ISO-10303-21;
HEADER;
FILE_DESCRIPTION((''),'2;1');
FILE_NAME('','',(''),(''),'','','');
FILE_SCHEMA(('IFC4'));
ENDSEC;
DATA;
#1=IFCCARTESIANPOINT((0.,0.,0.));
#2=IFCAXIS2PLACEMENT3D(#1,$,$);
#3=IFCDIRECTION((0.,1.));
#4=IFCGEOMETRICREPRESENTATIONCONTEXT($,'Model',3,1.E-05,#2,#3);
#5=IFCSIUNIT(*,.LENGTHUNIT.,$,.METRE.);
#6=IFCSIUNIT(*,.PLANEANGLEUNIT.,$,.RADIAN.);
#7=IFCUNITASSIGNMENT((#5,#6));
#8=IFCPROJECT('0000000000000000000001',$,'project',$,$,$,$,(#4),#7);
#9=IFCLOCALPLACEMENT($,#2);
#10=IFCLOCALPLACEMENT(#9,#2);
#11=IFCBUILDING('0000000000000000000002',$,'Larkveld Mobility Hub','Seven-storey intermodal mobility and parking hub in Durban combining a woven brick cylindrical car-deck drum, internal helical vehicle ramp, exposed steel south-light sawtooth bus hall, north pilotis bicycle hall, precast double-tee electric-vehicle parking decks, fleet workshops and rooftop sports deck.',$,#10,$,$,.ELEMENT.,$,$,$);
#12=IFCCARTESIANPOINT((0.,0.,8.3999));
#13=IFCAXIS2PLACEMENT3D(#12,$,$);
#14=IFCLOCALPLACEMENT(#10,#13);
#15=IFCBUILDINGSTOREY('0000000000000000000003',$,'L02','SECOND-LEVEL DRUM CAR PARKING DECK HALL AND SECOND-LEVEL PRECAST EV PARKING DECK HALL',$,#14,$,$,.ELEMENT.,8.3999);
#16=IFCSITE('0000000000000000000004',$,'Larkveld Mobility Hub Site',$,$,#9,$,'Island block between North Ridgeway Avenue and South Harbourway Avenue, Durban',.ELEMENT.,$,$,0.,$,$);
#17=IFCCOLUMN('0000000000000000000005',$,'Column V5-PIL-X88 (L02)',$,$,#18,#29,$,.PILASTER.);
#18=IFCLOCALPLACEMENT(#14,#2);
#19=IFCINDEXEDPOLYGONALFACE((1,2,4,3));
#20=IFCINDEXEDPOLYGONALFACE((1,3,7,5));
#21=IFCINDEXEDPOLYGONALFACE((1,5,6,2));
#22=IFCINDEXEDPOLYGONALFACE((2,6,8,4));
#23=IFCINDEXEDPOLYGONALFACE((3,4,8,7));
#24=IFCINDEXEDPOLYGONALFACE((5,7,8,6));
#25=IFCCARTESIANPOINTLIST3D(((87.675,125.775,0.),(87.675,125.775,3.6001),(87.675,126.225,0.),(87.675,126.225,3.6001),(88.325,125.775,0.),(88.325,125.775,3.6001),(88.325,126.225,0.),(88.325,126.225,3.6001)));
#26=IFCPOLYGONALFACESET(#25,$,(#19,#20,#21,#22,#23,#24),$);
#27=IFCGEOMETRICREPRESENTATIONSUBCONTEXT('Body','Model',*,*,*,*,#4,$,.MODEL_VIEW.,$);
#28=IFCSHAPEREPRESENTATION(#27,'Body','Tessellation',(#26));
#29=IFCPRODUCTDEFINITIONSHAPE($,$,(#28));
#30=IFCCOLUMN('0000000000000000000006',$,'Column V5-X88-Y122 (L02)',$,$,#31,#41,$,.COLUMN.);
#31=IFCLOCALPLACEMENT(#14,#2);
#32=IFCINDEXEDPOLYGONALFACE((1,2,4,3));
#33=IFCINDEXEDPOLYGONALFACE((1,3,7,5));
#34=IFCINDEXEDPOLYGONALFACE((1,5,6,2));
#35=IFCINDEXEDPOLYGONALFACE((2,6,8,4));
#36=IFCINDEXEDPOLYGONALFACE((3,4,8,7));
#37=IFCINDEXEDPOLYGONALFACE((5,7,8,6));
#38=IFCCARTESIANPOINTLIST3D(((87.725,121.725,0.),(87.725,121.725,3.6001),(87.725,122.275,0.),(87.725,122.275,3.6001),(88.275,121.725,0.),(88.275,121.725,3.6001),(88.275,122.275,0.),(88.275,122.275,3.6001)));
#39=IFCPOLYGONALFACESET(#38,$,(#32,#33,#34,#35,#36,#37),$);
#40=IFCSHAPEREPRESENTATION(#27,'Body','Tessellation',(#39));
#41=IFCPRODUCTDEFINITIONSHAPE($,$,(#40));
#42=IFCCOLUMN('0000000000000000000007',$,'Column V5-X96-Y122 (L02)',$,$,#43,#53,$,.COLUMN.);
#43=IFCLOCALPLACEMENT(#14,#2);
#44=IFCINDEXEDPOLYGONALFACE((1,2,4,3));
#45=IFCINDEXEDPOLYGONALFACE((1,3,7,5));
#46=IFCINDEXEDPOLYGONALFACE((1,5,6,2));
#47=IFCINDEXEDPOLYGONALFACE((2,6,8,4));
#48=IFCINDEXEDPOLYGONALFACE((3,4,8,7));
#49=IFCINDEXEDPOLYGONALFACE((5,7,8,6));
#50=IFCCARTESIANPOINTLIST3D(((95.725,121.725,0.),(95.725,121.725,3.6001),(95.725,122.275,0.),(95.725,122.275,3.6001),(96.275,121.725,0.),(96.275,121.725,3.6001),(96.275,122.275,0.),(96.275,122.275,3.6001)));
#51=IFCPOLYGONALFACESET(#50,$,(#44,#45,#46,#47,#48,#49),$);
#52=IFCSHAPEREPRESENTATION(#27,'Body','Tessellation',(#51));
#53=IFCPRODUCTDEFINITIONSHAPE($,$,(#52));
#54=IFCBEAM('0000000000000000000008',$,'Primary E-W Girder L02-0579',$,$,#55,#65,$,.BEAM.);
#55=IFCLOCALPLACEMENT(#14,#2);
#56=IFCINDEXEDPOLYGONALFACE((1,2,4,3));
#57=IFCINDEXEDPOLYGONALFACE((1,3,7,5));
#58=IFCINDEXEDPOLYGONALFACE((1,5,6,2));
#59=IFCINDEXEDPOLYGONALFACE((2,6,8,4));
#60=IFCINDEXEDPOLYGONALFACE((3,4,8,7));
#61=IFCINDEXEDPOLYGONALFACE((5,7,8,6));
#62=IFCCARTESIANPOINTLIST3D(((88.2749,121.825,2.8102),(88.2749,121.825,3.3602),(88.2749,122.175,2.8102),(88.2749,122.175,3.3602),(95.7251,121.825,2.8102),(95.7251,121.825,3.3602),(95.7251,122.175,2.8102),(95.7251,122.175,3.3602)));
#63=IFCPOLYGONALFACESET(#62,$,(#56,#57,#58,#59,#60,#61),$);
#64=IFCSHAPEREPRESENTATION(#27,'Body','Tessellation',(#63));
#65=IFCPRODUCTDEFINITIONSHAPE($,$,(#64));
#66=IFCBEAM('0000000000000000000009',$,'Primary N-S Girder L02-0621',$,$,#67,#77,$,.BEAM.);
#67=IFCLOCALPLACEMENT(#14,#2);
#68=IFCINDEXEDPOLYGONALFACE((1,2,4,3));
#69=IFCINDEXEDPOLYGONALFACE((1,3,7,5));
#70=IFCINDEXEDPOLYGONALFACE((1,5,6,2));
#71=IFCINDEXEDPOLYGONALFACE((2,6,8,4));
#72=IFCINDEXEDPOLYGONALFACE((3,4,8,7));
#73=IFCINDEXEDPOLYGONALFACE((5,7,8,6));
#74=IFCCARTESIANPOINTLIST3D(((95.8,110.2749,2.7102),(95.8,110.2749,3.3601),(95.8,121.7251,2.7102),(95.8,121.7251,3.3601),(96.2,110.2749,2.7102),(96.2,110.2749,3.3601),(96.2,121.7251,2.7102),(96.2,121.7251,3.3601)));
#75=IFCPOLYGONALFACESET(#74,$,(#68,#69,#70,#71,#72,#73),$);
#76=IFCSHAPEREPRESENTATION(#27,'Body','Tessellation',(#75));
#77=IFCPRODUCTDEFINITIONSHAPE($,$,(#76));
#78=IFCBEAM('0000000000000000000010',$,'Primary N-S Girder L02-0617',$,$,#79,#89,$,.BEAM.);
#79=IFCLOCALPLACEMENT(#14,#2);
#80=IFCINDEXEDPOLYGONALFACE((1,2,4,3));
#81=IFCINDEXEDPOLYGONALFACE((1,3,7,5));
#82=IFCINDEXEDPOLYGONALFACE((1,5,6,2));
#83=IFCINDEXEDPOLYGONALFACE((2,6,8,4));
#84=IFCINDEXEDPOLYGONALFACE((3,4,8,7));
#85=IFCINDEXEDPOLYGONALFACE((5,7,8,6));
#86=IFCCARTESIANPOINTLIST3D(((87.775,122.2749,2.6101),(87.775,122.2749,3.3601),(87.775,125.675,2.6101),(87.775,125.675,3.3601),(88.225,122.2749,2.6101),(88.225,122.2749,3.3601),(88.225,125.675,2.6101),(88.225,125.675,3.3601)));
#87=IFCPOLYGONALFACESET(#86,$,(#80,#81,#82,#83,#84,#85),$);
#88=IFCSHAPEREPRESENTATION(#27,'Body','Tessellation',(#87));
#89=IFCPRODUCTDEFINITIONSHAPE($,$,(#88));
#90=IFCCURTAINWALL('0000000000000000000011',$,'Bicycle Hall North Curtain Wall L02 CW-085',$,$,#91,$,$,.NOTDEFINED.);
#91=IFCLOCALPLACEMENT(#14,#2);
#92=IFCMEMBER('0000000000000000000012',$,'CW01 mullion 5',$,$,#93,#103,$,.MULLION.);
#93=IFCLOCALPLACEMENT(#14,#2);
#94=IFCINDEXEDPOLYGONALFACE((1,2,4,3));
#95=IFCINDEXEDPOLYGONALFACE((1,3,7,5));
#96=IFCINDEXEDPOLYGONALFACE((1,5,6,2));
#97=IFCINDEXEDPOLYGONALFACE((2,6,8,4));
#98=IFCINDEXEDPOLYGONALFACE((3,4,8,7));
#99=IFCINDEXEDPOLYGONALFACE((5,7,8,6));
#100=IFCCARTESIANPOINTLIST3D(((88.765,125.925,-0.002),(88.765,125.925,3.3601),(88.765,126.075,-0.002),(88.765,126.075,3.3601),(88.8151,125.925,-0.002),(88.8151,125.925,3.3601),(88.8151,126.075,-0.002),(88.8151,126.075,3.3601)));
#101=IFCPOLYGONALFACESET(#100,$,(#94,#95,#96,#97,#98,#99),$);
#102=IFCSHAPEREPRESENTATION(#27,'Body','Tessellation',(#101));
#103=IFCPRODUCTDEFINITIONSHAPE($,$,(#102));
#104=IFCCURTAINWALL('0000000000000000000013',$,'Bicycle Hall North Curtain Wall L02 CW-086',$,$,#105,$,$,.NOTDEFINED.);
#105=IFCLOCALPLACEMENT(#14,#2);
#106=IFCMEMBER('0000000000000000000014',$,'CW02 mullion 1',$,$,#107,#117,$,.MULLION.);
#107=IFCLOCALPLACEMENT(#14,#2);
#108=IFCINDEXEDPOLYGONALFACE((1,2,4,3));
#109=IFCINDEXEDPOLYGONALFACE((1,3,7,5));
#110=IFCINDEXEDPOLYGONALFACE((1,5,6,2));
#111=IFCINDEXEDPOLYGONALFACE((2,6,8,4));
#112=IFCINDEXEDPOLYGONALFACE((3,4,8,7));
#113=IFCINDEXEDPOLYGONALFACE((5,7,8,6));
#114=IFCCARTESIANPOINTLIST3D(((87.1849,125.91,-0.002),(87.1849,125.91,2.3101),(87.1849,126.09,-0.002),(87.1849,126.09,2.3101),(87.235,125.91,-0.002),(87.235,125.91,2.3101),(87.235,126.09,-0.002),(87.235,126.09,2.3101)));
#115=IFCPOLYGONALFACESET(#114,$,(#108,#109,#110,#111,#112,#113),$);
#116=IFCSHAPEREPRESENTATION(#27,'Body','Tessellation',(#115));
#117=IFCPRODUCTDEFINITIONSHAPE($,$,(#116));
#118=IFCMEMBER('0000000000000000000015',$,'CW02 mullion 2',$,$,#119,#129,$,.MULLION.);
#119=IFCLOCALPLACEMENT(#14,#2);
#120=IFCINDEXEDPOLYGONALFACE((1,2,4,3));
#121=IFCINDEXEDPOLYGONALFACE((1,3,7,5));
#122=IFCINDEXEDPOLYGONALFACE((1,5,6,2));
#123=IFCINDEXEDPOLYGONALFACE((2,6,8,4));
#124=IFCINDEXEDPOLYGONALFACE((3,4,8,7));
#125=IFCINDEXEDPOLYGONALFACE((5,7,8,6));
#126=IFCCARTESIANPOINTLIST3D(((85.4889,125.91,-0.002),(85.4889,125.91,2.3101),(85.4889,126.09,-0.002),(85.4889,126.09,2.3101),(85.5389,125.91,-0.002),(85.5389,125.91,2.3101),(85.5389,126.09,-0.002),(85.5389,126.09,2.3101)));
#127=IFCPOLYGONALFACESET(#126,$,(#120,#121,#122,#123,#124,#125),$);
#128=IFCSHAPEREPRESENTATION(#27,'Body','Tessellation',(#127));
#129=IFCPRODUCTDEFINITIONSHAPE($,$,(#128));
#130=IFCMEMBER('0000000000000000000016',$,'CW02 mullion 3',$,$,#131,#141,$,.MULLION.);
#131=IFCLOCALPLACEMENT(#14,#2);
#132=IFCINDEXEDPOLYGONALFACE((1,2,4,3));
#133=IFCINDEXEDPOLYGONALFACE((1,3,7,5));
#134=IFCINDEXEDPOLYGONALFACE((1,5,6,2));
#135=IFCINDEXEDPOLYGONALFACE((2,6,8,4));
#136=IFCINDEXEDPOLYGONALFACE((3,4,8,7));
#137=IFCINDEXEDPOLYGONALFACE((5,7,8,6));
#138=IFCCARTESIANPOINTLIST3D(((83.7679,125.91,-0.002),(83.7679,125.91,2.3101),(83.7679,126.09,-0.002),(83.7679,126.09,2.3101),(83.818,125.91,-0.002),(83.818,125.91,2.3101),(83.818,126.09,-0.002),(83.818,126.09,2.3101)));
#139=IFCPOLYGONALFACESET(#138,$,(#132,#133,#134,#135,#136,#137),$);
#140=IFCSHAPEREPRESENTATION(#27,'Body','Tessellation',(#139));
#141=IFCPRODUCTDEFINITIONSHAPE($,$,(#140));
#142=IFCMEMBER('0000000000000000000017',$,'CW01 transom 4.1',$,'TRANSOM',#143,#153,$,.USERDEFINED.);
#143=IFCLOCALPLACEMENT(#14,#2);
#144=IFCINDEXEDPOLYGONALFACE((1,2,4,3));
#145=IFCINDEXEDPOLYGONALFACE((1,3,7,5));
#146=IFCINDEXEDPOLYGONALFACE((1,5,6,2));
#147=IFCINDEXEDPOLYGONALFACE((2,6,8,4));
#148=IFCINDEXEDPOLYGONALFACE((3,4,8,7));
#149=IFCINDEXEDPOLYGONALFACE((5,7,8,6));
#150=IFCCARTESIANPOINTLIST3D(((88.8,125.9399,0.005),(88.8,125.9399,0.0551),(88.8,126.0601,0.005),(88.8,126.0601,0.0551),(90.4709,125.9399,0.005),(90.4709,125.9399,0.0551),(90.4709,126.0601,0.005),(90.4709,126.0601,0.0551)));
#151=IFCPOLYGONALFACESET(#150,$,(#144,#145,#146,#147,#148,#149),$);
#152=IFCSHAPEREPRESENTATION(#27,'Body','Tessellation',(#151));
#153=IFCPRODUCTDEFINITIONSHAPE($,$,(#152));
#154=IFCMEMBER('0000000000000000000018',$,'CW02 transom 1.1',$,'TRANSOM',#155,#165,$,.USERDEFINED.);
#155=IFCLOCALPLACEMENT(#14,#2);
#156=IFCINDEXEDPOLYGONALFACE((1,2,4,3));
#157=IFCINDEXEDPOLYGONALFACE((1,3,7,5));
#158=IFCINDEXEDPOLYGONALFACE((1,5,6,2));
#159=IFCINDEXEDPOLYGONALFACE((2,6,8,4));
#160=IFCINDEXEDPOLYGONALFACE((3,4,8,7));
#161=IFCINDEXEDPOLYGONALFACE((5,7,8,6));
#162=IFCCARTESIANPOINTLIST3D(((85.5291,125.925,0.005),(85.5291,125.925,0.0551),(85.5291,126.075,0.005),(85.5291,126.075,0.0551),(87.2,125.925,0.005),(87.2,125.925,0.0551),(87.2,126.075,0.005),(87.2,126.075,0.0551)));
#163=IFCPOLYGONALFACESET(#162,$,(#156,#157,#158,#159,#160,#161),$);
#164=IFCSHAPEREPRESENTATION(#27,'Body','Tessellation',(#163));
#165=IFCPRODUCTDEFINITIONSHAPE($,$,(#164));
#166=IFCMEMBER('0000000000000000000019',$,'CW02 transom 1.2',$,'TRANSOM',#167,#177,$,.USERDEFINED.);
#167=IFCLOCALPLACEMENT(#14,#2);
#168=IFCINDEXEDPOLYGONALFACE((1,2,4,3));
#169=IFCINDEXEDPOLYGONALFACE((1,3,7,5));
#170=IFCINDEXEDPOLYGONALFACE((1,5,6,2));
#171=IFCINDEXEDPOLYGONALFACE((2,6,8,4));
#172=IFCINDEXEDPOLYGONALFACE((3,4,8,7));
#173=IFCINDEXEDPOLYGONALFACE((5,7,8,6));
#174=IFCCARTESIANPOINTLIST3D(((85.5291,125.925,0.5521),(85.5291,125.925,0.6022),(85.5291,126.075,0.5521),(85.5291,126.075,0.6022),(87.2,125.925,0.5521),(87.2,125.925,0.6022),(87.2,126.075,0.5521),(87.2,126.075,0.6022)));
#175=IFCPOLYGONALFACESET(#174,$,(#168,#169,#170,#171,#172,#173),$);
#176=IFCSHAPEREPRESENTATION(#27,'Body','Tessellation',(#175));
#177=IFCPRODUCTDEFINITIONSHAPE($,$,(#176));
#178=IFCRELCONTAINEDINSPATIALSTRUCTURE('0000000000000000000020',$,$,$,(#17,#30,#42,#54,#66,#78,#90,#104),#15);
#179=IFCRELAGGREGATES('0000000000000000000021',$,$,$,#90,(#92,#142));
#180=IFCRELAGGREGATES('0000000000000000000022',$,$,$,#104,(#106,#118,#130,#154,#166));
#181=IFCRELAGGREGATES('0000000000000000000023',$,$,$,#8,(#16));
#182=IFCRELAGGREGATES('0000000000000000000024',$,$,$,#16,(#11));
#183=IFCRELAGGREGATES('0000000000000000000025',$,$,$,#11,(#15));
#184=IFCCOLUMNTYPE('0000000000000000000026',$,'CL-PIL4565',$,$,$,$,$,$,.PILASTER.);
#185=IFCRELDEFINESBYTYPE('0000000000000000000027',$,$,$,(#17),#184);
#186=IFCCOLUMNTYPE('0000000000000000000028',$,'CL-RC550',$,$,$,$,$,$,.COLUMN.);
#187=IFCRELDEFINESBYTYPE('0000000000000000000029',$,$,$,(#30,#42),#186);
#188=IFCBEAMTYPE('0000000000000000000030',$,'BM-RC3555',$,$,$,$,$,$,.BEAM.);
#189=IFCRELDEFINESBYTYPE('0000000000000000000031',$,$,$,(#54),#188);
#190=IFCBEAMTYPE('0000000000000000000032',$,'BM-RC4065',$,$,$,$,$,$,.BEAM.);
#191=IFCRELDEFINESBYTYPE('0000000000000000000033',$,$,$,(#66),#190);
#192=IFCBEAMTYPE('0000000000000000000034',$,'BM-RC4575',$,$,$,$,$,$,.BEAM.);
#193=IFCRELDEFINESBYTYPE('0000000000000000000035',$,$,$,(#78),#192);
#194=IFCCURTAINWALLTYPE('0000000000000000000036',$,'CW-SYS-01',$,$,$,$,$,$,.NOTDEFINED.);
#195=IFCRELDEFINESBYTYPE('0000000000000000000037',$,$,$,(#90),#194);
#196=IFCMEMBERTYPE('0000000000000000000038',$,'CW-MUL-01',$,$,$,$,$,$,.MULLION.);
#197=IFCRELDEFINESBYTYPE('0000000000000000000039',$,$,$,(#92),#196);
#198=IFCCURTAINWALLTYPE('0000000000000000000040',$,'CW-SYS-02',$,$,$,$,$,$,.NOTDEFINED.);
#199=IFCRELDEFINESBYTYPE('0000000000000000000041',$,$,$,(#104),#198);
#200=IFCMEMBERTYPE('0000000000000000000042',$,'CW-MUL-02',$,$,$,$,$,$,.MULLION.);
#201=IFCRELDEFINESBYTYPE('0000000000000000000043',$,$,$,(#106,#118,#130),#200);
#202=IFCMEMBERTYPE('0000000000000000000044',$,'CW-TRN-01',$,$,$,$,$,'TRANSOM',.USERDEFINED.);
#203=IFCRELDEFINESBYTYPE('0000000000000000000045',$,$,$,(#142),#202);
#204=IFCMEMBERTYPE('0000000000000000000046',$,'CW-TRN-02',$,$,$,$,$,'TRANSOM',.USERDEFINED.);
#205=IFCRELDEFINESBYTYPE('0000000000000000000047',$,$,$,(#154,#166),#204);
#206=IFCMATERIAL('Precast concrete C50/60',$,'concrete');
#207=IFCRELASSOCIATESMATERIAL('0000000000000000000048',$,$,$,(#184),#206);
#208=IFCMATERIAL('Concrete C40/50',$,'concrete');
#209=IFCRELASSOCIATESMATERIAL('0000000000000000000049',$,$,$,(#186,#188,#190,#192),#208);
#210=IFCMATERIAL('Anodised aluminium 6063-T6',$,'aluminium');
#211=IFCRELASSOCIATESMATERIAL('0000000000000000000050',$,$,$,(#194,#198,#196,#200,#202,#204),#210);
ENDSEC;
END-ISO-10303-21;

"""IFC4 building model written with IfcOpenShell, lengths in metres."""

from ifc_helpers import new_model, si_unit, direction, frame, origin, origin_2d, place, context, subcontext, project, spatial, rectangle, extrude, material, material_profile, profile_set, type_object, element, aggregate, save


model = new_model("IFC4")

# Units and contexts
model_context = context("Model", 3, precision=1e-05, world=origin(), true_north=direction((0.0, 1.0)))
body_context = subcontext(model_context, "Body", "Model", "MODEL_VIEW")
ifc_project = project(units=[si_unit("LENGTHUNIT", "METRE"), si_unit("PLANEANGLEUNIT", "RADIAN")], contexts=[model_context])

# Site, building, storey
site_placement = place(None, origin())
site = spatial("IfcSite", under=ifc_project, at=site_placement, Name="Larkveld Mobility Hub Site", LongName="Island block between North Ridgeway Avenue and South Harbourway Avenue, Durban", CompositionType="ELEMENT", RefElevation=0.0)
building_placement = place(site_placement, origin())
building = spatial("IfcBuilding", under=site, at=building_placement, Name="Larkveld Mobility Hub", Description="Seven-storey intermodal mobility and parking hub in Durban combining a woven brick cylindrical car-deck drum, internal helical vehicle ramp, exposed steel south-light sawtooth bus hall, north pilotis bicycle hall, precast double-tee electric-vehicle parking decks, fleet workshops and rooftop sports deck.", CompositionType="ELEMENT")
storey_placement = place(building_placement, frame((0.0, 0.0, 8.3999)))
storey = spatial("IfcBuildingStorey", under=building, at=storey_placement, Name="L02", Description="SECOND-LEVEL DRUM CAR PARKING DECK HALL AND SECOND-LEVEL PRECAST EV PARKING DECK HALL", CompositionType="ELEMENT", Elevation=8.3999)

# Columns
ifc_material_1 = material(Name="Precast concrete C50/60", Category="concrete")
ifc_material_profile_1 = material_profile(ifc_material_1, rectangle(XDim=0.45, YDim=0.6499, at=origin_2d()), Name="PC PIL 450x650")
ifc_profile_set_1 = profile_set([ifc_material_profile_1], Name="Precast concrete C50/60")
column_type_1 = type_object("IfcColumnType", Name="CL-PIL4565", PredefinedType="PILASTER", material=ifc_profile_set_1)
column_placement = place(storey_placement, frame((88.0, 126.0, 0.0), z_axis=(0.0, 0.0, 1.0), x_axis=(0.0, 1.0, 0.0)))
element("IfcColumn", 1, at=column_placement, inside=storey, type_object=column_type_1, Name="Column V5-PIL-X88 (L02)", PredefinedType="PILASTER", context=body_context, shape_type="SweptSolid", body=[
    extrude(rectangle(XDim=0.45, YDim=0.6499, at=origin_2d()), origin(), (0.0, 0.0, 1.0), 3.6001),
])
ifc_material_2 = material(Name="Concrete C40/50", Category="concrete")
ifc_material_profile_2 = material_profile(ifc_material_2, rectangle(XDim=0.55, YDim=0.55, at=origin_2d()), Name="RC COL 550x550")
ifc_profile_set_2 = profile_set([ifc_material_profile_2], Name="Concrete C40/50")
column_type_2 = type_object("IfcColumnType", Name="CL-RC550", PredefinedType="COLUMN", material=ifc_profile_set_2)
for number, where, z_axis, x_axis, name in (
    (2, (88.0, 122.0, 0.0), (0.0, 0.0, 1.0), (1.0, 0.0, 0.0), "Column V5-X88-Y122 (L02)"),
    (3, (96.0, 122.0, 0.0), (0.0, 0.0, 1.0), (1.0, 0.0, 0.0), "Column V5-X96-Y122 (L02)"),
):
    element("IfcColumn", number, at=place(storey_placement, frame(where, z_axis=z_axis, x_axis=x_axis)), inside=storey, type_object=column_type_2, Name=name, PredefinedType="COLUMN", context=body_context, shape_type="SweptSolid", body=[
        extrude(rectangle(XDim=0.55, YDim=0.55, at=origin_2d()), origin(), (0.0, 0.0, 1.0), 3.6001),
    ])

# Beams
ifc_material_profile_3 = material_profile(ifc_material_2, rectangle(XDim=0.3501, YDim=0.55, at=origin_2d()), Name="RC BM 350x550")
ifc_profile_set_3 = profile_set([ifc_material_profile_3], Name="Concrete C40/50")
beam_type_1 = type_object("IfcBeamType", Name="BM-RC3555", PredefinedType="BEAM", material=ifc_profile_set_3)
beam_1_placement = place(storey_placement, frame((88.2749, 122.0, 3.0852), z_axis=(1.0, 0.0, 0.0), x_axis=(0.0, 1.0, 0.0)))
element("IfcBeam", 4, at=beam_1_placement, inside=storey, type_object=beam_type_1, Name="Primary E-W Girder L02-0579", PredefinedType="BEAM", context=body_context, shape_type="SweptSolid", body=[
    extrude(rectangle(XDim=0.3501, YDim=0.55, at=origin_2d()), origin(), (0.0, 0.0, 1.0), 7.4502),
])
ifc_material_profile_4 = material_profile(ifc_material_2, rectangle(XDim=0.3999, YDim=0.6499, at=origin_2d()), Name="RC BM 400x650")
ifc_profile_set_4 = profile_set([ifc_material_profile_4], Name="Concrete C40/50")
beam_type_2 = type_object("IfcBeamType", Name="BM-RC4065", PredefinedType="BEAM", material=ifc_profile_set_4)
beam_2_placement = place(storey_placement, frame((96.0, 110.2749, 3.0352), z_axis=(0.0, 1.0, 0.0), x_axis=(-1.0, 0.0, 0.0)))
element("IfcBeam", 5, at=beam_2_placement, inside=storey, type_object=beam_type_2, Name="Primary N-S Girder L02-0621", PredefinedType="BEAM", context=body_context, shape_type="SweptSolid", body=[
    extrude(rectangle(XDim=0.3999, YDim=0.6499, at=origin_2d()), origin(), (0.0, 0.0, 1.0), 11.4502),
])
ifc_material_profile_5 = material_profile(ifc_material_2, rectangle(XDim=0.45, YDim=0.75, at=origin_2d()), Name="RC BM 450x750")
ifc_profile_set_5 = profile_set([ifc_material_profile_5], Name="Concrete C40/50")
beam_type_3 = type_object("IfcBeamType", Name="BM-RC4575", PredefinedType="BEAM", material=ifc_profile_set_5)
beam_3_placement = place(storey_placement, frame((88.0, 122.2749, 2.9851), z_axis=(0.0, 1.0, 0.0), x_axis=(-1.0, 0.0, 0.0)))
element("IfcBeam", 6, at=beam_3_placement, inside=storey, type_object=beam_type_3, Name="Primary N-S Girder L02-0617", PredefinedType="BEAM", context=body_context, shape_type="SweptSolid", body=[
    extrude(rectangle(XDim=0.45, YDim=0.75, at=origin_2d()), origin(), (0.0, 0.0, 1.0), 3.4001),
])

# Curtain wall, member
ifc_material_3 = material(Name="Anodised aluminium 6063-T6", Category="aluminium")
curtain_wall_type_1 = type_object("IfcCurtainWallType", Name="CW-SYS-01", PredefinedType="NOTDEFINED", material=ifc_material_3)
curtain_wall_1_placement = place(storey_placement, origin())
curtain_wall_1 = element("IfcCurtainWall", 7, at=curtain_wall_1_placement, inside=storey, type_object=curtain_wall_type_1, Name="Bicycle Hall North Curtain Wall L02 CW-085", PredefinedType="NOTDEFINED")
ifc_material_profile_6 = material_profile(ifc_material_3, rectangle(XDim=0.05, YDim=0.1499, at=origin_2d()), Name="ALU MULL 50x150")
ifc_profile_set_6 = profile_set([ifc_material_profile_6], Name="Anodised aluminium 6063-T6")
member_type_1 = type_object("IfcMemberType", Name="CW-MUL-01", PredefinedType="MULLION", material=ifc_profile_set_6)
member_1_placement = place(storey_placement, frame((88.79, 126.0, -0.002), z_axis=(0.0, 0.0, 1.0), x_axis=(-1.0, 0.0, 0.0)))
member_1 = element("IfcMember", 8, at=member_1_placement, type_object=member_type_1, Name="CW01 mullion 5", PredefinedType="MULLION", context=body_context, shape_type="SweptSolid", body=[
    extrude(rectangle(XDim=0.05, YDim=0.1499, at=origin_2d()), origin(), (0.0, 0.0, 1.0), 3.3621),
])

# Curtain wall, members
curtain_wall_type_2 = type_object("IfcCurtainWallType", Name="CW-SYS-02", PredefinedType="NOTDEFINED", material=ifc_material_3)
curtain_wall_2_placement = place(storey_placement, origin())
curtain_wall_2 = element("IfcCurtainWall", 9, at=curtain_wall_2_placement, inside=storey, type_object=curtain_wall_type_2, Name="Bicycle Hall North Curtain Wall L02 CW-086", PredefinedType="NOTDEFINED")
ifc_material_profile_7 = material_profile(ifc_material_3, rectangle(XDim=0.05, YDim=0.1799, at=origin_2d()), Name="ALU MULL 50x180")
ifc_profile_set_7 = profile_set([ifc_material_profile_7], Name="Anodised aluminium 6063-T6")
member_type_2 = type_object("IfcMemberType", Name="CW-MUL-02", PredefinedType="MULLION", material=ifc_profile_set_7)
member_2_placement = place(storey_placement, frame((87.21, 126.0, -0.002), z_axis=(0.0, 0.0, 1.0), x_axis=(-1.0, 0.0, 0.0)))
member_2 = element("IfcMember", 10, at=member_2_placement, type_object=member_type_2, Name="CW02 mullion 1", PredefinedType="MULLION", context=body_context, shape_type="SweptSolid", body=[
    extrude(rectangle(XDim=0.05, YDim=0.1799, at=origin_2d()), origin(), (0.0, 0.0, 1.0), 2.312),
])
member_3_placement = place(storey_placement, frame((85.5139, 126.0, -0.002), z_axis=(0.0, 0.0, 1.0), x_axis=(-1.0, 0.0, 0.0)))
member_3 = element("IfcMember", 11, at=member_3_placement, type_object=member_type_2, Name="CW02 mullion 2", PredefinedType="MULLION", context=body_context, shape_type="SweptSolid", body=[
    extrude(rectangle(XDim=0.05, YDim=0.1799, at=origin_2d()), origin(), (0.0, 0.0, 1.0), 2.312),
])
member_4_placement = place(storey_placement, frame((83.793, 126.0, -0.002), z_axis=(0.0, 0.0, 1.0), x_axis=(-1.0, 0.0, 0.0)))
member_4 = element("IfcMember", 12, at=member_4_placement, type_object=member_type_2, Name="CW02 mullion 3", PredefinedType="MULLION", context=body_context, shape_type="SweptSolid", body=[
    extrude(rectangle(XDim=0.05, YDim=0.1799, at=origin_2d()), origin(), (0.0, 0.0, 1.0), 2.312),
])

# Members
ifc_material_profile_8 = material_profile(ifc_material_3, rectangle(XDim=0.1201, YDim=0.05, at=origin_2d()), Name="ALU TRAN 50x120")
ifc_profile_set_8 = profile_set([ifc_material_profile_8], Name="Anodised aluminium 6063-T6")
member_type_3 = type_object("IfcMemberType", Name="CW-TRN-01", ElementType="TRANSOM", PredefinedType="USERDEFINED", material=ifc_profile_set_8)
member_5_placement = place(storey_placement, frame((90.4709, 126.0, 0.03), z_axis=(-1.0, 0.0, 0.0), x_axis=(0.0, -1.0, 0.0)))
member_5 = element("IfcMember", 13, at=member_5_placement, type_object=member_type_3, Name="CW01 transom 4.1", ObjectType="TRANSOM", PredefinedType="USERDEFINED", context=body_context, shape_type="SweptSolid", body=[
    extrude(rectangle(XDim=0.1201, YDim=0.05, at=origin_2d()), origin(), (0.0, 0.0, 1.0), 1.6709),
])
ifc_material_profile_9 = material_profile(ifc_material_3, rectangle(XDim=0.1499, YDim=0.05, at=origin_2d()), Name="ALU TRAN 50x150")
ifc_profile_set_9 = profile_set([ifc_material_profile_9], Name="Anodised aluminium 6063-T6")
member_type_4 = type_object("IfcMemberType", Name="CW-TRN-02", ElementType="TRANSOM", PredefinedType="USERDEFINED", material=ifc_profile_set_9)
member_6_placement = place(storey_placement, frame((87.2, 126.0, 0.03), z_axis=(-1.0, 0.0, 0.0), x_axis=(0.0, -1.0, 0.0)))
member_6 = element("IfcMember", 14, at=member_6_placement, type_object=member_type_4, Name="CW02 transom 1.1", ObjectType="TRANSOM", PredefinedType="USERDEFINED", context=body_context, shape_type="SweptSolid", body=[
    extrude(rectangle(XDim=0.1499, YDim=0.05, at=origin_2d()), origin(), (0.0, 0.0, 1.0), 1.6709),
])
member_7_placement = place(storey_placement, frame((87.2, 126.0, 0.5771), z_axis=(-1.0, 0.0, 0.0), x_axis=(0.0, -1.0, 0.0)))
member_7 = element("IfcMember", 15, at=member_7_placement, type_object=member_type_4, Name="CW02 transom 1.2", ObjectType="TRANSOM", PredefinedType="USERDEFINED", context=body_context, shape_type="SweptSolid", body=[
    extrude(rectangle(XDim=0.1499, YDim=0.05, at=origin_2d()), origin(), (0.0, 0.0, 1.0), 1.6709),
])

aggregate(curtain_wall_1, [member_1, member_5])
aggregate(curtain_wall_2, [member_2, member_3, member_4, member_6, member_7])

save(model, "model.ifc")
